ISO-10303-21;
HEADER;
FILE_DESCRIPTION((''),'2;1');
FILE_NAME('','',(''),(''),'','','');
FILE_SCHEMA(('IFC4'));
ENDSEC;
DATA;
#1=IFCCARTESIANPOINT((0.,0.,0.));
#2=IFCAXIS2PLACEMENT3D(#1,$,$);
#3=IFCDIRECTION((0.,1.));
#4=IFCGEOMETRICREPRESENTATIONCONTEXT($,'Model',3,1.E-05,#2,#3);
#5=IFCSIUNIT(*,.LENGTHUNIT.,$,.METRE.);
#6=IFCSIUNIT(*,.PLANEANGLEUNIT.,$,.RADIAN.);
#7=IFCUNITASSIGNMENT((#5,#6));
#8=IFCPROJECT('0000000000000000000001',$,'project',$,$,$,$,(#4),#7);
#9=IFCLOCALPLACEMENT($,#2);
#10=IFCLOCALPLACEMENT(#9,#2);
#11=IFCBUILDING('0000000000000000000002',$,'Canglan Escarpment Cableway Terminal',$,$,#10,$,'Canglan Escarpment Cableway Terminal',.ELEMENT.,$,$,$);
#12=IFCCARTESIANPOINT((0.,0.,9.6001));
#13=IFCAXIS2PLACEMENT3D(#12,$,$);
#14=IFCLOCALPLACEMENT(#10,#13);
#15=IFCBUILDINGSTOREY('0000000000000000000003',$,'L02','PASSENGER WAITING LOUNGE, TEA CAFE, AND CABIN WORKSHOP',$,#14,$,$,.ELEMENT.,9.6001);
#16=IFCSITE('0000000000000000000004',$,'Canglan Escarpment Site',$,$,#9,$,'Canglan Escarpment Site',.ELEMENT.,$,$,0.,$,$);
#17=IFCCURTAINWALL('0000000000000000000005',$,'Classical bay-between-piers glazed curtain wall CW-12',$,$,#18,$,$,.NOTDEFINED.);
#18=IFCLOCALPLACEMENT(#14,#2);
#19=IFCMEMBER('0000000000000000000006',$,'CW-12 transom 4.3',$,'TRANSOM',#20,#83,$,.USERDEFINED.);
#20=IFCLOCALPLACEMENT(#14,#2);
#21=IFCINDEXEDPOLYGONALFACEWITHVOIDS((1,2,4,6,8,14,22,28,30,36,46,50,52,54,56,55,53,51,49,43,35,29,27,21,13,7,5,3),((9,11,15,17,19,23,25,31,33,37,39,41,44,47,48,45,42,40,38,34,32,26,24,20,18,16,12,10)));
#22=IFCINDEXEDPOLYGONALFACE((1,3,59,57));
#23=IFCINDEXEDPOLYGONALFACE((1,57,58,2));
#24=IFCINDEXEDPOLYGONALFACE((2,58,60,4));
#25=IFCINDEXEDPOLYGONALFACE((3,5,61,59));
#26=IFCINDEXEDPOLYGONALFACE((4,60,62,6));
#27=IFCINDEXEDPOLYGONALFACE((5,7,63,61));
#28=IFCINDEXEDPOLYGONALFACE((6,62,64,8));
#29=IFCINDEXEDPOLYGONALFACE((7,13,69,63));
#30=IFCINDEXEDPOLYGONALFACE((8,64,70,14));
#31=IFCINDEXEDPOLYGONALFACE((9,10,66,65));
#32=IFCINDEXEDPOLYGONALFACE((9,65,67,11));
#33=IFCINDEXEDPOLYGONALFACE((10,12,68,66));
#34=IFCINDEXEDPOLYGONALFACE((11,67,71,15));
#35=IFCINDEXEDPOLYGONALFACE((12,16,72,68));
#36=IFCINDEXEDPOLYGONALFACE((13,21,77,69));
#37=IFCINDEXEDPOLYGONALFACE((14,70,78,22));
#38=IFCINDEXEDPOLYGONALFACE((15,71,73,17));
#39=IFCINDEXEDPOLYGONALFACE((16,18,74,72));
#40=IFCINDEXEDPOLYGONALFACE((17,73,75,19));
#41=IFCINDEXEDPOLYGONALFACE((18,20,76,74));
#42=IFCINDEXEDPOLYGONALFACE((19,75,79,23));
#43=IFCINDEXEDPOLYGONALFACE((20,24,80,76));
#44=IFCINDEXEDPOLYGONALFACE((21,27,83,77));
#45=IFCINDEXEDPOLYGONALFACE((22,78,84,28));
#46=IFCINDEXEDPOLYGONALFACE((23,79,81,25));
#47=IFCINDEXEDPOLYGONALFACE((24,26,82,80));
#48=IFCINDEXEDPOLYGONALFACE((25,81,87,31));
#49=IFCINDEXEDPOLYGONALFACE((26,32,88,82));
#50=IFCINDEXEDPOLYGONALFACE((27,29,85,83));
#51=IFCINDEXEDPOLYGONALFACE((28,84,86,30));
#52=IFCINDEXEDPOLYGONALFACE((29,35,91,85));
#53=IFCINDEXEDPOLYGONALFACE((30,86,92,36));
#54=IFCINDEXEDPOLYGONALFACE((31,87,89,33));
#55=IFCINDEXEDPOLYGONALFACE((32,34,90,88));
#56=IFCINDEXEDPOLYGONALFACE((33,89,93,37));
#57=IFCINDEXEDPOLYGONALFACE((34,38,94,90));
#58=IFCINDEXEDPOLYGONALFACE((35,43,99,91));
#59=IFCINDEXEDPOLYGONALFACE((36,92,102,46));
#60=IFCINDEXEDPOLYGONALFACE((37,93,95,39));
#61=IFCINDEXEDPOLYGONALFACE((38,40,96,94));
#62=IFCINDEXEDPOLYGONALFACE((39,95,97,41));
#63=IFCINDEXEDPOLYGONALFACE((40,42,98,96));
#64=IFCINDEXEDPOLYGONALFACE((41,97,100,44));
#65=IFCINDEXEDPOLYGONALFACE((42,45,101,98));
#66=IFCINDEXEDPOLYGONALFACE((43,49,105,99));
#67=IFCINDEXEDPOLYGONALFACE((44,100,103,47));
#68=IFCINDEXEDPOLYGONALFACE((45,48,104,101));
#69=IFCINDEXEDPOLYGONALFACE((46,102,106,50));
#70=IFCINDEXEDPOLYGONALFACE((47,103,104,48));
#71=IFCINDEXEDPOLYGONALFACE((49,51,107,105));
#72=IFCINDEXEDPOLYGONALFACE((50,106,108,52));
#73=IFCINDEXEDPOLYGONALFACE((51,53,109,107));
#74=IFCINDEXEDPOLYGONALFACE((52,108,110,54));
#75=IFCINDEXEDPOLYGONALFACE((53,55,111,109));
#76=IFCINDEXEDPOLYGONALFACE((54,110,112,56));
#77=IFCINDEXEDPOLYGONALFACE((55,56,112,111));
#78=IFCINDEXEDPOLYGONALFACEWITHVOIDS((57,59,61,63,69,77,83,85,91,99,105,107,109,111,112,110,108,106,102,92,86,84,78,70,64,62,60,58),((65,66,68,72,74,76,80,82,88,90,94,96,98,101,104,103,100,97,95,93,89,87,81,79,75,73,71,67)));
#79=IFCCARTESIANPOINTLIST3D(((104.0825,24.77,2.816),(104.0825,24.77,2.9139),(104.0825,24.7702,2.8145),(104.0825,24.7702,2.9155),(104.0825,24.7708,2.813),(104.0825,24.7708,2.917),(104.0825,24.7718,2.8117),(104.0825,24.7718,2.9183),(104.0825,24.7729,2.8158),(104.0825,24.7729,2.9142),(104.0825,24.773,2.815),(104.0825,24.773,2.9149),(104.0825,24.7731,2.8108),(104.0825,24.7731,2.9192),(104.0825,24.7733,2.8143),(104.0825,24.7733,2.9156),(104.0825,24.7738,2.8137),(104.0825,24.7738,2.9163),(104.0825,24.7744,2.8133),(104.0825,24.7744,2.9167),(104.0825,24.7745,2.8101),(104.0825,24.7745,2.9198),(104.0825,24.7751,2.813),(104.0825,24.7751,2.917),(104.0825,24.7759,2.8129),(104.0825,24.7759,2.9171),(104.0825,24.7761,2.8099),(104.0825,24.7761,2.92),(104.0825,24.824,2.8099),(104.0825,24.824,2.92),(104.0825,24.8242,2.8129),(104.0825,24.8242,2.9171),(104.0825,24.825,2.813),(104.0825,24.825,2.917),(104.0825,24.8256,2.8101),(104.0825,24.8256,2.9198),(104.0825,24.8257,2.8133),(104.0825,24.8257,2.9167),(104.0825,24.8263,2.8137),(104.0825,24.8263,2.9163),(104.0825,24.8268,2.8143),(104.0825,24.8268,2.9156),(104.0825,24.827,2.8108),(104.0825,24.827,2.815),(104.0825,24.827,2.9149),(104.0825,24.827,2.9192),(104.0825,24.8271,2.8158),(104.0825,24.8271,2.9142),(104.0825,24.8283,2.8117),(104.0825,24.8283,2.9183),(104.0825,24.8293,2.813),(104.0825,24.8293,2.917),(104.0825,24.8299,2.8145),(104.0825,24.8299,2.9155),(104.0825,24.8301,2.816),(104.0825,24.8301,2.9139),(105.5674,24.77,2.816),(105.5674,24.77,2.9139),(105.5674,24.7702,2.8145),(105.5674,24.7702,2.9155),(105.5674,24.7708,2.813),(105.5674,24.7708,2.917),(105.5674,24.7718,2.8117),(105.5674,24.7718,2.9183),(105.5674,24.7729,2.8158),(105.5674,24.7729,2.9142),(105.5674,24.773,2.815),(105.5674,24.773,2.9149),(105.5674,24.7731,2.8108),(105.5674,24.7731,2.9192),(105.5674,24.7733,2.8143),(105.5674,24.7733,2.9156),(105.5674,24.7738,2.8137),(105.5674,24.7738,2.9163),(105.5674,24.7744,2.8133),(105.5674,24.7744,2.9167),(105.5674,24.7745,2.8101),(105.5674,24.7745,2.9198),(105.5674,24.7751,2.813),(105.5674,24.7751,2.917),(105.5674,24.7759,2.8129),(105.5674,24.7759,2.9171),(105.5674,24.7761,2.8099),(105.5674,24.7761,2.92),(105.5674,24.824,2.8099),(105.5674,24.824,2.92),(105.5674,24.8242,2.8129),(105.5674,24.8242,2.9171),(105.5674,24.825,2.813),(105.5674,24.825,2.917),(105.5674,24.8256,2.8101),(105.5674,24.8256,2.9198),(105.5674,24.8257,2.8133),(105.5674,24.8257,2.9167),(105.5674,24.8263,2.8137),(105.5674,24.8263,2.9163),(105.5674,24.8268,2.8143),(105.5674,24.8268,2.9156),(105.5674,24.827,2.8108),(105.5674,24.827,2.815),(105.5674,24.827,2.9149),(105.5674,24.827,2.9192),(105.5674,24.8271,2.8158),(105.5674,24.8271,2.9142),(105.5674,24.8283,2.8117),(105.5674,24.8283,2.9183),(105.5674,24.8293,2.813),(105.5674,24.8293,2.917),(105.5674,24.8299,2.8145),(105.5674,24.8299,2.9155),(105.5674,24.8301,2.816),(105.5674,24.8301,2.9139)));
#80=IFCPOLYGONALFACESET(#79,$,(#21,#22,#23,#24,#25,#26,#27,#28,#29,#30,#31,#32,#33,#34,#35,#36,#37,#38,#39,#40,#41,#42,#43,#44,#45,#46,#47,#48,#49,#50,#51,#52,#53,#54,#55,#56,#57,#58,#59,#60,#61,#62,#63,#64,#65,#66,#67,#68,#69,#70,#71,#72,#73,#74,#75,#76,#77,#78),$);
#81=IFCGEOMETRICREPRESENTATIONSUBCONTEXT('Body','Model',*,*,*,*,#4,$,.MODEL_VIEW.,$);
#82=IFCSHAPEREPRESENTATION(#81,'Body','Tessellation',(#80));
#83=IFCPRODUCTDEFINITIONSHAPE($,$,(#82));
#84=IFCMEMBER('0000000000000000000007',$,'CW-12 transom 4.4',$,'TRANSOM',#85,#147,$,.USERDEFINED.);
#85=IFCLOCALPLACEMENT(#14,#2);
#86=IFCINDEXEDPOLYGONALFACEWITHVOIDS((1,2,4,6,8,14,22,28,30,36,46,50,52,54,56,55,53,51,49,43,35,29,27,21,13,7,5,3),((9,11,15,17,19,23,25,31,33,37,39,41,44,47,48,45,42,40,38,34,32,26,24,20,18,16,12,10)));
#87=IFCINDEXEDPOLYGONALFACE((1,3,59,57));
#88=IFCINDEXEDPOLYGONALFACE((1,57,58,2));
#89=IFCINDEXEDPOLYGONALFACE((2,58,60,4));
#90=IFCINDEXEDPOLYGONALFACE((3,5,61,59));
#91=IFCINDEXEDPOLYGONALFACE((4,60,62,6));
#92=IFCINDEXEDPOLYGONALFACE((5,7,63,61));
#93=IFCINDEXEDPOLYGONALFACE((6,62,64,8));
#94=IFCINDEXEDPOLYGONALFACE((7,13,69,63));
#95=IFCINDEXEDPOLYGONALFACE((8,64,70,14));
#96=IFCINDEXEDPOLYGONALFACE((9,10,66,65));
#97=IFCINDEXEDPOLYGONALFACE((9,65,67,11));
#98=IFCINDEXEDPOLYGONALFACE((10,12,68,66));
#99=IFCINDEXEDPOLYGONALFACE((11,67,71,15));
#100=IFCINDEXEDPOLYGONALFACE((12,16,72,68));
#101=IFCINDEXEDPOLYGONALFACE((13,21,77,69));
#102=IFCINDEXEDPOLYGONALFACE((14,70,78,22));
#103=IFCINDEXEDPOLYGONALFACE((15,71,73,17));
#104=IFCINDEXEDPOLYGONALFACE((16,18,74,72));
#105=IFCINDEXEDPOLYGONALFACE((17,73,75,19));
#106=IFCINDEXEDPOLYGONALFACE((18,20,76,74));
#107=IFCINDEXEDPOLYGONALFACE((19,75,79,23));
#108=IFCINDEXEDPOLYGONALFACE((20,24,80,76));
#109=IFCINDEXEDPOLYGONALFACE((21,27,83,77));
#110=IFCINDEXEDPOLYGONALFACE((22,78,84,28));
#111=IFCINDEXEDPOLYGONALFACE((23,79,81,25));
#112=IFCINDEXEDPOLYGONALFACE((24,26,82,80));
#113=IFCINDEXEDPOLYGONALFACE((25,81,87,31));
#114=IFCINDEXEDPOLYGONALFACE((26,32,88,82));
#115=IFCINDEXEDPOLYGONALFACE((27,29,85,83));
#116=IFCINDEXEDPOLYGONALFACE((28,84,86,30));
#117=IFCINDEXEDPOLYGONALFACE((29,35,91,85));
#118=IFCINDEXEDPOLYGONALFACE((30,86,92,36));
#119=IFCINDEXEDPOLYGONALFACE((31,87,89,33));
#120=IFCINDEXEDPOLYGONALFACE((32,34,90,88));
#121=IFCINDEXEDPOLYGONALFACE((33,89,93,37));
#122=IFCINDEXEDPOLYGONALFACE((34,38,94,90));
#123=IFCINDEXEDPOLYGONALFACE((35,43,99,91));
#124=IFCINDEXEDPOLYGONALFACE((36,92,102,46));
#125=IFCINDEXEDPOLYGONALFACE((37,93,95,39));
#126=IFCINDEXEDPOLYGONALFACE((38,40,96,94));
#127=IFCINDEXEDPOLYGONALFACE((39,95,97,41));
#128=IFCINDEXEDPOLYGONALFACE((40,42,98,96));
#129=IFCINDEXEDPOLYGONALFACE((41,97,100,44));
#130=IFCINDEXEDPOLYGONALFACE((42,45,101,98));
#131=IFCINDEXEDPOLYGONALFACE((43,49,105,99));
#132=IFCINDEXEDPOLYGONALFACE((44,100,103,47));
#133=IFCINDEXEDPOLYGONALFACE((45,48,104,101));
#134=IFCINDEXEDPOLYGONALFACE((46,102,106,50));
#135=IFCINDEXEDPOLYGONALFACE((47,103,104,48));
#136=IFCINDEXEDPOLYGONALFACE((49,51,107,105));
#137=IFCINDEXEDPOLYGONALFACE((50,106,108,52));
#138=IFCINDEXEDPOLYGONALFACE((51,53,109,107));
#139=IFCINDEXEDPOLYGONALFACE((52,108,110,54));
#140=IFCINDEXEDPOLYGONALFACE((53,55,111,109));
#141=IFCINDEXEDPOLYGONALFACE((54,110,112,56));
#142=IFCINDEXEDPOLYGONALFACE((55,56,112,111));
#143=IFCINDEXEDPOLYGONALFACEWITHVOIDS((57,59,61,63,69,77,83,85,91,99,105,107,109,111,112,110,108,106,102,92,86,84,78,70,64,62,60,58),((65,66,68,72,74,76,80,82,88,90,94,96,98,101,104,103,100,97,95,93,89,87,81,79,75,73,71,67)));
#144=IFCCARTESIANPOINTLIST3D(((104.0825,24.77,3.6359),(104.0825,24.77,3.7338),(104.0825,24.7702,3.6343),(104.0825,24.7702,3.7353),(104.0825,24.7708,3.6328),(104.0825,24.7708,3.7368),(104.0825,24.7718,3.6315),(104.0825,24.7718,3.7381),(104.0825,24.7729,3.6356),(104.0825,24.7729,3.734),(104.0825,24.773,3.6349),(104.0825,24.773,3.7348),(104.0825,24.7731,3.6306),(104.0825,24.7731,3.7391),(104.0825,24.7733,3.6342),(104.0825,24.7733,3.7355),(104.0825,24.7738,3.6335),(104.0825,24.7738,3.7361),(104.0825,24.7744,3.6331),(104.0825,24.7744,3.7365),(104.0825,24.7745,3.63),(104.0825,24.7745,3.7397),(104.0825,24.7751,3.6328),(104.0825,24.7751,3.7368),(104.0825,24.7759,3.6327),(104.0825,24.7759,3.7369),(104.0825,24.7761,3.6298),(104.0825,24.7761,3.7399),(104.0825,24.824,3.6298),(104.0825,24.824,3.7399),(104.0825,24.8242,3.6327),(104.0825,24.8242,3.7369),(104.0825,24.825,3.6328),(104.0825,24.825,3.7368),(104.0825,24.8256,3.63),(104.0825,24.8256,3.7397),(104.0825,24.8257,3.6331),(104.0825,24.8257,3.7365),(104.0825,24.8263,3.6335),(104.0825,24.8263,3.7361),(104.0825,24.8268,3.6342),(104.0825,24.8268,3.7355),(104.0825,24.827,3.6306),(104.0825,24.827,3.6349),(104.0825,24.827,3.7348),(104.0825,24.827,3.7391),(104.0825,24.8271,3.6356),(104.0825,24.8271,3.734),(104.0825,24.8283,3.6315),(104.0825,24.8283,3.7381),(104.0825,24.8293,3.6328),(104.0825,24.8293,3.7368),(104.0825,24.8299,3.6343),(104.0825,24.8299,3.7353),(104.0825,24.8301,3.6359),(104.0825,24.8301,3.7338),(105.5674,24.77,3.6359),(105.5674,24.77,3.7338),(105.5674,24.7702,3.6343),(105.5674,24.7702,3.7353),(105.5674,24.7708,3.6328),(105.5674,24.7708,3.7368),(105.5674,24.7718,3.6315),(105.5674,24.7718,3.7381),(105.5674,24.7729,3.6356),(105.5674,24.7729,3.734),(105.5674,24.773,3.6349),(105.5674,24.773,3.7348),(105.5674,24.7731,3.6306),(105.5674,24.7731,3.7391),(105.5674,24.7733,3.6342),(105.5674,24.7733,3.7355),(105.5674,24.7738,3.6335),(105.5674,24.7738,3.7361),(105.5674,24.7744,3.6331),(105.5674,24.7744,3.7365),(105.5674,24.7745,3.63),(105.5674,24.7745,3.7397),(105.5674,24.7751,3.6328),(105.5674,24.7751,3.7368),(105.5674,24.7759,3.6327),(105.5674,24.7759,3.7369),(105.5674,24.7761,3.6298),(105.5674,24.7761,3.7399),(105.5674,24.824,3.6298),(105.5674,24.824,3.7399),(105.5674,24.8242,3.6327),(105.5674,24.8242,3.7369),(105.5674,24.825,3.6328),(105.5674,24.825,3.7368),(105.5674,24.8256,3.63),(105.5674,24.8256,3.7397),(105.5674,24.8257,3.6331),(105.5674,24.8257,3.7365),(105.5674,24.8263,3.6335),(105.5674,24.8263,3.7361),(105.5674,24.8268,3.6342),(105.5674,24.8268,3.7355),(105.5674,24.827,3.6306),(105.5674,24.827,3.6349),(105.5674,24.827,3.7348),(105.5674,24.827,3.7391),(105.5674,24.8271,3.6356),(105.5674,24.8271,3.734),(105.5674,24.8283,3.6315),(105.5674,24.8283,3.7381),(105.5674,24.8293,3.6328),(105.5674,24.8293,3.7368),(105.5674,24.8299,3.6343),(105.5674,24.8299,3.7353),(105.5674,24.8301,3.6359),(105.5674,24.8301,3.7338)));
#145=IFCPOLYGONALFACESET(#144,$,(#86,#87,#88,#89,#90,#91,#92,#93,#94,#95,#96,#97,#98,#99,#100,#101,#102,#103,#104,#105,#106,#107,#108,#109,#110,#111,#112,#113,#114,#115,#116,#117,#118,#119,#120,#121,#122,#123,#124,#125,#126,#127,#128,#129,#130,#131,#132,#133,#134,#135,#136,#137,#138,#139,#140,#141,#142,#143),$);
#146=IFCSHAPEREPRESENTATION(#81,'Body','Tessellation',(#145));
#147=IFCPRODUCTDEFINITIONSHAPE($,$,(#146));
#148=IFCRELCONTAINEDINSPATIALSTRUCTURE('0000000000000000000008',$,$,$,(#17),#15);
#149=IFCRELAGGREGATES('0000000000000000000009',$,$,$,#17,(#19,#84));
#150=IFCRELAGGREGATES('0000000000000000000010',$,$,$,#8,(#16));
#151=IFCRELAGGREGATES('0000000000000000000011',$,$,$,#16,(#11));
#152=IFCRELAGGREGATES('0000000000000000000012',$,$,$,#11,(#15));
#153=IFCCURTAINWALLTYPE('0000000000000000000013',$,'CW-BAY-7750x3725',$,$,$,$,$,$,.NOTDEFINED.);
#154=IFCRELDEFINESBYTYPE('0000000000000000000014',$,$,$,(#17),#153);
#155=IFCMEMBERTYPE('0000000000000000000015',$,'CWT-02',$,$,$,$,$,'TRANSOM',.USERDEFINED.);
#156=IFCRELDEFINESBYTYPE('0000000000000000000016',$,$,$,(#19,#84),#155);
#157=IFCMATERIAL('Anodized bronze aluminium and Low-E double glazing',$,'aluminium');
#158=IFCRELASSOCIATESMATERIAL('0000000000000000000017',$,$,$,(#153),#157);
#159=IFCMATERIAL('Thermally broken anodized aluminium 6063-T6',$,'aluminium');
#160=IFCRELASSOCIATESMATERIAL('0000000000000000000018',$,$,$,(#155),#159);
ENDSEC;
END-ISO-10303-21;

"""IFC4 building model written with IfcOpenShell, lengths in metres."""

from ifc_helpers import new_model, si_unit, direction, frame, origin, origin_2d, place, context, subcontext, project, spatial, hollow_rectangle, extrude, material, material_profile, profile_set, type_object, element, aggregate, save


model = new_model("IFC4")

# Units and contexts
model_context = context("Model", 3, precision=1e-05, world=origin(), true_north=direction((0.0, 1.0)))
body_context = subcontext(model_context, "Body", "Model", "MODEL_VIEW")
ifc_project = project(units=[si_unit("LENGTHUNIT", "METRE"), si_unit("PLANEANGLEUNIT", "RADIAN")], contexts=[model_context])

# Site, building, storey
site_placement = place(None, origin())
site = spatial("IfcSite", under=ifc_project, at=site_placement, Name="Canglan Escarpment Site", LongName="Canglan Escarpment Site", CompositionType="ELEMENT", RefElevation=0.0)
building_placement = place(site_placement, origin())
building = spatial("IfcBuilding", under=site, at=building_placement, Name="Canglan Escarpment Cableway Terminal", LongName="Canglan Escarpment Cableway Terminal", CompositionType="ELEMENT")
storey_placement = place(building_placement, frame((0.0, 0.0, 9.6001)))
storey = spatial("IfcBuildingStorey", under=building, at=storey_placement, Name="L02", Description="PASSENGER WAITING LOUNGE, TEA CAFE, AND CABIN WORKSHOP", CompositionType="ELEMENT", Elevation=9.6001)

# Curtain wall
ifc_material_1 = material(Name="Anodized bronze aluminium and Low-E double glazing", Category="aluminium")
curtain_wall_type = type_object("IfcCurtainWallType", Name="CW-BAY-7750x3725", PredefinedType="NOTDEFINED", material=ifc_material_1)
ifc_material_2 = material(Name="Thermally broken anodized aluminium 6063-T6", Category="aluminium")
curtain_wall_1_placement = place(storey_placement, origin())
curtain_wall_1 = element("IfcCurtainWall", 1, at=curtain_wall_1_placement, inside=storey, type_object=curtain_wall_type, Name="Classical bay-between-piers glazed curtain wall CW-12", PredefinedType="NOTDEFINED")

# Members
ifc_material_profile_1 = material_profile(ifc_material_2, hollow_rectangle(XDim=0.0601, YDim=0.1101, WallThickness=0.0029, InnerFilletRadius=0.0029, OuterFilletRadius=0.0061, at=origin_2d()), Name="ALU-TRAN 60x110x3")
ifc_profile_set_1 = profile_set([ifc_material_profile_1], Name="Thermally broken anodized aluminium 6063-T6")
member_type_1 = type_object("IfcMemberType", Name="CWT-02", ElementType="TRANSOM", PredefinedType="USERDEFINED", material=ifc_profile_set_1)
member_1_placement = place(storey_placement, frame((105.5674, 24.8, 2.865), z_axis=(-1.0, 0.0, 0.0), x_axis=(0.0, -1.0, 0.0)))
member_1 = element("IfcMember", 2, at=member_1_placement, type_object=member_type_1, Name="CW-12 transom 4.3", ObjectType="TRANSOM", PredefinedType="USERDEFINED", context=body_context, shape_type="SweptSolid", body=[
    extrude(hollow_rectangle(XDim=0.0601, YDim=0.1101, WallThickness=0.0029, InnerFilletRadius=0.0029, OuterFilletRadius=0.0061, at=origin_2d()), origin(), (0.0, 0.0, 1.0), 1.4849),
])
member_2_placement = place(storey_placement, frame((105.5674, 24.8, 3.6848), z_axis=(-1.0, 0.0, 0.0), x_axis=(0.0, -1.0, 0.0)))
member_2 = element("IfcMember", 3, at=member_2_placement, type_object=member_type_1, Name="CW-12 transom 4.4", ObjectType="TRANSOM", PredefinedType="USERDEFINED", context=body_context, shape_type="SweptSolid", body=[
    extrude(hollow_rectangle(XDim=0.0601, YDim=0.1101, WallThickness=0.0029, InnerFilletRadius=0.0029, OuterFilletRadius=0.0061, at=origin_2d()), origin(), (0.0, 0.0, 1.0), 1.4849),
])

aggregate(curtain_wall_1, [member_1, member_2])

save(model, "model.ifc")
